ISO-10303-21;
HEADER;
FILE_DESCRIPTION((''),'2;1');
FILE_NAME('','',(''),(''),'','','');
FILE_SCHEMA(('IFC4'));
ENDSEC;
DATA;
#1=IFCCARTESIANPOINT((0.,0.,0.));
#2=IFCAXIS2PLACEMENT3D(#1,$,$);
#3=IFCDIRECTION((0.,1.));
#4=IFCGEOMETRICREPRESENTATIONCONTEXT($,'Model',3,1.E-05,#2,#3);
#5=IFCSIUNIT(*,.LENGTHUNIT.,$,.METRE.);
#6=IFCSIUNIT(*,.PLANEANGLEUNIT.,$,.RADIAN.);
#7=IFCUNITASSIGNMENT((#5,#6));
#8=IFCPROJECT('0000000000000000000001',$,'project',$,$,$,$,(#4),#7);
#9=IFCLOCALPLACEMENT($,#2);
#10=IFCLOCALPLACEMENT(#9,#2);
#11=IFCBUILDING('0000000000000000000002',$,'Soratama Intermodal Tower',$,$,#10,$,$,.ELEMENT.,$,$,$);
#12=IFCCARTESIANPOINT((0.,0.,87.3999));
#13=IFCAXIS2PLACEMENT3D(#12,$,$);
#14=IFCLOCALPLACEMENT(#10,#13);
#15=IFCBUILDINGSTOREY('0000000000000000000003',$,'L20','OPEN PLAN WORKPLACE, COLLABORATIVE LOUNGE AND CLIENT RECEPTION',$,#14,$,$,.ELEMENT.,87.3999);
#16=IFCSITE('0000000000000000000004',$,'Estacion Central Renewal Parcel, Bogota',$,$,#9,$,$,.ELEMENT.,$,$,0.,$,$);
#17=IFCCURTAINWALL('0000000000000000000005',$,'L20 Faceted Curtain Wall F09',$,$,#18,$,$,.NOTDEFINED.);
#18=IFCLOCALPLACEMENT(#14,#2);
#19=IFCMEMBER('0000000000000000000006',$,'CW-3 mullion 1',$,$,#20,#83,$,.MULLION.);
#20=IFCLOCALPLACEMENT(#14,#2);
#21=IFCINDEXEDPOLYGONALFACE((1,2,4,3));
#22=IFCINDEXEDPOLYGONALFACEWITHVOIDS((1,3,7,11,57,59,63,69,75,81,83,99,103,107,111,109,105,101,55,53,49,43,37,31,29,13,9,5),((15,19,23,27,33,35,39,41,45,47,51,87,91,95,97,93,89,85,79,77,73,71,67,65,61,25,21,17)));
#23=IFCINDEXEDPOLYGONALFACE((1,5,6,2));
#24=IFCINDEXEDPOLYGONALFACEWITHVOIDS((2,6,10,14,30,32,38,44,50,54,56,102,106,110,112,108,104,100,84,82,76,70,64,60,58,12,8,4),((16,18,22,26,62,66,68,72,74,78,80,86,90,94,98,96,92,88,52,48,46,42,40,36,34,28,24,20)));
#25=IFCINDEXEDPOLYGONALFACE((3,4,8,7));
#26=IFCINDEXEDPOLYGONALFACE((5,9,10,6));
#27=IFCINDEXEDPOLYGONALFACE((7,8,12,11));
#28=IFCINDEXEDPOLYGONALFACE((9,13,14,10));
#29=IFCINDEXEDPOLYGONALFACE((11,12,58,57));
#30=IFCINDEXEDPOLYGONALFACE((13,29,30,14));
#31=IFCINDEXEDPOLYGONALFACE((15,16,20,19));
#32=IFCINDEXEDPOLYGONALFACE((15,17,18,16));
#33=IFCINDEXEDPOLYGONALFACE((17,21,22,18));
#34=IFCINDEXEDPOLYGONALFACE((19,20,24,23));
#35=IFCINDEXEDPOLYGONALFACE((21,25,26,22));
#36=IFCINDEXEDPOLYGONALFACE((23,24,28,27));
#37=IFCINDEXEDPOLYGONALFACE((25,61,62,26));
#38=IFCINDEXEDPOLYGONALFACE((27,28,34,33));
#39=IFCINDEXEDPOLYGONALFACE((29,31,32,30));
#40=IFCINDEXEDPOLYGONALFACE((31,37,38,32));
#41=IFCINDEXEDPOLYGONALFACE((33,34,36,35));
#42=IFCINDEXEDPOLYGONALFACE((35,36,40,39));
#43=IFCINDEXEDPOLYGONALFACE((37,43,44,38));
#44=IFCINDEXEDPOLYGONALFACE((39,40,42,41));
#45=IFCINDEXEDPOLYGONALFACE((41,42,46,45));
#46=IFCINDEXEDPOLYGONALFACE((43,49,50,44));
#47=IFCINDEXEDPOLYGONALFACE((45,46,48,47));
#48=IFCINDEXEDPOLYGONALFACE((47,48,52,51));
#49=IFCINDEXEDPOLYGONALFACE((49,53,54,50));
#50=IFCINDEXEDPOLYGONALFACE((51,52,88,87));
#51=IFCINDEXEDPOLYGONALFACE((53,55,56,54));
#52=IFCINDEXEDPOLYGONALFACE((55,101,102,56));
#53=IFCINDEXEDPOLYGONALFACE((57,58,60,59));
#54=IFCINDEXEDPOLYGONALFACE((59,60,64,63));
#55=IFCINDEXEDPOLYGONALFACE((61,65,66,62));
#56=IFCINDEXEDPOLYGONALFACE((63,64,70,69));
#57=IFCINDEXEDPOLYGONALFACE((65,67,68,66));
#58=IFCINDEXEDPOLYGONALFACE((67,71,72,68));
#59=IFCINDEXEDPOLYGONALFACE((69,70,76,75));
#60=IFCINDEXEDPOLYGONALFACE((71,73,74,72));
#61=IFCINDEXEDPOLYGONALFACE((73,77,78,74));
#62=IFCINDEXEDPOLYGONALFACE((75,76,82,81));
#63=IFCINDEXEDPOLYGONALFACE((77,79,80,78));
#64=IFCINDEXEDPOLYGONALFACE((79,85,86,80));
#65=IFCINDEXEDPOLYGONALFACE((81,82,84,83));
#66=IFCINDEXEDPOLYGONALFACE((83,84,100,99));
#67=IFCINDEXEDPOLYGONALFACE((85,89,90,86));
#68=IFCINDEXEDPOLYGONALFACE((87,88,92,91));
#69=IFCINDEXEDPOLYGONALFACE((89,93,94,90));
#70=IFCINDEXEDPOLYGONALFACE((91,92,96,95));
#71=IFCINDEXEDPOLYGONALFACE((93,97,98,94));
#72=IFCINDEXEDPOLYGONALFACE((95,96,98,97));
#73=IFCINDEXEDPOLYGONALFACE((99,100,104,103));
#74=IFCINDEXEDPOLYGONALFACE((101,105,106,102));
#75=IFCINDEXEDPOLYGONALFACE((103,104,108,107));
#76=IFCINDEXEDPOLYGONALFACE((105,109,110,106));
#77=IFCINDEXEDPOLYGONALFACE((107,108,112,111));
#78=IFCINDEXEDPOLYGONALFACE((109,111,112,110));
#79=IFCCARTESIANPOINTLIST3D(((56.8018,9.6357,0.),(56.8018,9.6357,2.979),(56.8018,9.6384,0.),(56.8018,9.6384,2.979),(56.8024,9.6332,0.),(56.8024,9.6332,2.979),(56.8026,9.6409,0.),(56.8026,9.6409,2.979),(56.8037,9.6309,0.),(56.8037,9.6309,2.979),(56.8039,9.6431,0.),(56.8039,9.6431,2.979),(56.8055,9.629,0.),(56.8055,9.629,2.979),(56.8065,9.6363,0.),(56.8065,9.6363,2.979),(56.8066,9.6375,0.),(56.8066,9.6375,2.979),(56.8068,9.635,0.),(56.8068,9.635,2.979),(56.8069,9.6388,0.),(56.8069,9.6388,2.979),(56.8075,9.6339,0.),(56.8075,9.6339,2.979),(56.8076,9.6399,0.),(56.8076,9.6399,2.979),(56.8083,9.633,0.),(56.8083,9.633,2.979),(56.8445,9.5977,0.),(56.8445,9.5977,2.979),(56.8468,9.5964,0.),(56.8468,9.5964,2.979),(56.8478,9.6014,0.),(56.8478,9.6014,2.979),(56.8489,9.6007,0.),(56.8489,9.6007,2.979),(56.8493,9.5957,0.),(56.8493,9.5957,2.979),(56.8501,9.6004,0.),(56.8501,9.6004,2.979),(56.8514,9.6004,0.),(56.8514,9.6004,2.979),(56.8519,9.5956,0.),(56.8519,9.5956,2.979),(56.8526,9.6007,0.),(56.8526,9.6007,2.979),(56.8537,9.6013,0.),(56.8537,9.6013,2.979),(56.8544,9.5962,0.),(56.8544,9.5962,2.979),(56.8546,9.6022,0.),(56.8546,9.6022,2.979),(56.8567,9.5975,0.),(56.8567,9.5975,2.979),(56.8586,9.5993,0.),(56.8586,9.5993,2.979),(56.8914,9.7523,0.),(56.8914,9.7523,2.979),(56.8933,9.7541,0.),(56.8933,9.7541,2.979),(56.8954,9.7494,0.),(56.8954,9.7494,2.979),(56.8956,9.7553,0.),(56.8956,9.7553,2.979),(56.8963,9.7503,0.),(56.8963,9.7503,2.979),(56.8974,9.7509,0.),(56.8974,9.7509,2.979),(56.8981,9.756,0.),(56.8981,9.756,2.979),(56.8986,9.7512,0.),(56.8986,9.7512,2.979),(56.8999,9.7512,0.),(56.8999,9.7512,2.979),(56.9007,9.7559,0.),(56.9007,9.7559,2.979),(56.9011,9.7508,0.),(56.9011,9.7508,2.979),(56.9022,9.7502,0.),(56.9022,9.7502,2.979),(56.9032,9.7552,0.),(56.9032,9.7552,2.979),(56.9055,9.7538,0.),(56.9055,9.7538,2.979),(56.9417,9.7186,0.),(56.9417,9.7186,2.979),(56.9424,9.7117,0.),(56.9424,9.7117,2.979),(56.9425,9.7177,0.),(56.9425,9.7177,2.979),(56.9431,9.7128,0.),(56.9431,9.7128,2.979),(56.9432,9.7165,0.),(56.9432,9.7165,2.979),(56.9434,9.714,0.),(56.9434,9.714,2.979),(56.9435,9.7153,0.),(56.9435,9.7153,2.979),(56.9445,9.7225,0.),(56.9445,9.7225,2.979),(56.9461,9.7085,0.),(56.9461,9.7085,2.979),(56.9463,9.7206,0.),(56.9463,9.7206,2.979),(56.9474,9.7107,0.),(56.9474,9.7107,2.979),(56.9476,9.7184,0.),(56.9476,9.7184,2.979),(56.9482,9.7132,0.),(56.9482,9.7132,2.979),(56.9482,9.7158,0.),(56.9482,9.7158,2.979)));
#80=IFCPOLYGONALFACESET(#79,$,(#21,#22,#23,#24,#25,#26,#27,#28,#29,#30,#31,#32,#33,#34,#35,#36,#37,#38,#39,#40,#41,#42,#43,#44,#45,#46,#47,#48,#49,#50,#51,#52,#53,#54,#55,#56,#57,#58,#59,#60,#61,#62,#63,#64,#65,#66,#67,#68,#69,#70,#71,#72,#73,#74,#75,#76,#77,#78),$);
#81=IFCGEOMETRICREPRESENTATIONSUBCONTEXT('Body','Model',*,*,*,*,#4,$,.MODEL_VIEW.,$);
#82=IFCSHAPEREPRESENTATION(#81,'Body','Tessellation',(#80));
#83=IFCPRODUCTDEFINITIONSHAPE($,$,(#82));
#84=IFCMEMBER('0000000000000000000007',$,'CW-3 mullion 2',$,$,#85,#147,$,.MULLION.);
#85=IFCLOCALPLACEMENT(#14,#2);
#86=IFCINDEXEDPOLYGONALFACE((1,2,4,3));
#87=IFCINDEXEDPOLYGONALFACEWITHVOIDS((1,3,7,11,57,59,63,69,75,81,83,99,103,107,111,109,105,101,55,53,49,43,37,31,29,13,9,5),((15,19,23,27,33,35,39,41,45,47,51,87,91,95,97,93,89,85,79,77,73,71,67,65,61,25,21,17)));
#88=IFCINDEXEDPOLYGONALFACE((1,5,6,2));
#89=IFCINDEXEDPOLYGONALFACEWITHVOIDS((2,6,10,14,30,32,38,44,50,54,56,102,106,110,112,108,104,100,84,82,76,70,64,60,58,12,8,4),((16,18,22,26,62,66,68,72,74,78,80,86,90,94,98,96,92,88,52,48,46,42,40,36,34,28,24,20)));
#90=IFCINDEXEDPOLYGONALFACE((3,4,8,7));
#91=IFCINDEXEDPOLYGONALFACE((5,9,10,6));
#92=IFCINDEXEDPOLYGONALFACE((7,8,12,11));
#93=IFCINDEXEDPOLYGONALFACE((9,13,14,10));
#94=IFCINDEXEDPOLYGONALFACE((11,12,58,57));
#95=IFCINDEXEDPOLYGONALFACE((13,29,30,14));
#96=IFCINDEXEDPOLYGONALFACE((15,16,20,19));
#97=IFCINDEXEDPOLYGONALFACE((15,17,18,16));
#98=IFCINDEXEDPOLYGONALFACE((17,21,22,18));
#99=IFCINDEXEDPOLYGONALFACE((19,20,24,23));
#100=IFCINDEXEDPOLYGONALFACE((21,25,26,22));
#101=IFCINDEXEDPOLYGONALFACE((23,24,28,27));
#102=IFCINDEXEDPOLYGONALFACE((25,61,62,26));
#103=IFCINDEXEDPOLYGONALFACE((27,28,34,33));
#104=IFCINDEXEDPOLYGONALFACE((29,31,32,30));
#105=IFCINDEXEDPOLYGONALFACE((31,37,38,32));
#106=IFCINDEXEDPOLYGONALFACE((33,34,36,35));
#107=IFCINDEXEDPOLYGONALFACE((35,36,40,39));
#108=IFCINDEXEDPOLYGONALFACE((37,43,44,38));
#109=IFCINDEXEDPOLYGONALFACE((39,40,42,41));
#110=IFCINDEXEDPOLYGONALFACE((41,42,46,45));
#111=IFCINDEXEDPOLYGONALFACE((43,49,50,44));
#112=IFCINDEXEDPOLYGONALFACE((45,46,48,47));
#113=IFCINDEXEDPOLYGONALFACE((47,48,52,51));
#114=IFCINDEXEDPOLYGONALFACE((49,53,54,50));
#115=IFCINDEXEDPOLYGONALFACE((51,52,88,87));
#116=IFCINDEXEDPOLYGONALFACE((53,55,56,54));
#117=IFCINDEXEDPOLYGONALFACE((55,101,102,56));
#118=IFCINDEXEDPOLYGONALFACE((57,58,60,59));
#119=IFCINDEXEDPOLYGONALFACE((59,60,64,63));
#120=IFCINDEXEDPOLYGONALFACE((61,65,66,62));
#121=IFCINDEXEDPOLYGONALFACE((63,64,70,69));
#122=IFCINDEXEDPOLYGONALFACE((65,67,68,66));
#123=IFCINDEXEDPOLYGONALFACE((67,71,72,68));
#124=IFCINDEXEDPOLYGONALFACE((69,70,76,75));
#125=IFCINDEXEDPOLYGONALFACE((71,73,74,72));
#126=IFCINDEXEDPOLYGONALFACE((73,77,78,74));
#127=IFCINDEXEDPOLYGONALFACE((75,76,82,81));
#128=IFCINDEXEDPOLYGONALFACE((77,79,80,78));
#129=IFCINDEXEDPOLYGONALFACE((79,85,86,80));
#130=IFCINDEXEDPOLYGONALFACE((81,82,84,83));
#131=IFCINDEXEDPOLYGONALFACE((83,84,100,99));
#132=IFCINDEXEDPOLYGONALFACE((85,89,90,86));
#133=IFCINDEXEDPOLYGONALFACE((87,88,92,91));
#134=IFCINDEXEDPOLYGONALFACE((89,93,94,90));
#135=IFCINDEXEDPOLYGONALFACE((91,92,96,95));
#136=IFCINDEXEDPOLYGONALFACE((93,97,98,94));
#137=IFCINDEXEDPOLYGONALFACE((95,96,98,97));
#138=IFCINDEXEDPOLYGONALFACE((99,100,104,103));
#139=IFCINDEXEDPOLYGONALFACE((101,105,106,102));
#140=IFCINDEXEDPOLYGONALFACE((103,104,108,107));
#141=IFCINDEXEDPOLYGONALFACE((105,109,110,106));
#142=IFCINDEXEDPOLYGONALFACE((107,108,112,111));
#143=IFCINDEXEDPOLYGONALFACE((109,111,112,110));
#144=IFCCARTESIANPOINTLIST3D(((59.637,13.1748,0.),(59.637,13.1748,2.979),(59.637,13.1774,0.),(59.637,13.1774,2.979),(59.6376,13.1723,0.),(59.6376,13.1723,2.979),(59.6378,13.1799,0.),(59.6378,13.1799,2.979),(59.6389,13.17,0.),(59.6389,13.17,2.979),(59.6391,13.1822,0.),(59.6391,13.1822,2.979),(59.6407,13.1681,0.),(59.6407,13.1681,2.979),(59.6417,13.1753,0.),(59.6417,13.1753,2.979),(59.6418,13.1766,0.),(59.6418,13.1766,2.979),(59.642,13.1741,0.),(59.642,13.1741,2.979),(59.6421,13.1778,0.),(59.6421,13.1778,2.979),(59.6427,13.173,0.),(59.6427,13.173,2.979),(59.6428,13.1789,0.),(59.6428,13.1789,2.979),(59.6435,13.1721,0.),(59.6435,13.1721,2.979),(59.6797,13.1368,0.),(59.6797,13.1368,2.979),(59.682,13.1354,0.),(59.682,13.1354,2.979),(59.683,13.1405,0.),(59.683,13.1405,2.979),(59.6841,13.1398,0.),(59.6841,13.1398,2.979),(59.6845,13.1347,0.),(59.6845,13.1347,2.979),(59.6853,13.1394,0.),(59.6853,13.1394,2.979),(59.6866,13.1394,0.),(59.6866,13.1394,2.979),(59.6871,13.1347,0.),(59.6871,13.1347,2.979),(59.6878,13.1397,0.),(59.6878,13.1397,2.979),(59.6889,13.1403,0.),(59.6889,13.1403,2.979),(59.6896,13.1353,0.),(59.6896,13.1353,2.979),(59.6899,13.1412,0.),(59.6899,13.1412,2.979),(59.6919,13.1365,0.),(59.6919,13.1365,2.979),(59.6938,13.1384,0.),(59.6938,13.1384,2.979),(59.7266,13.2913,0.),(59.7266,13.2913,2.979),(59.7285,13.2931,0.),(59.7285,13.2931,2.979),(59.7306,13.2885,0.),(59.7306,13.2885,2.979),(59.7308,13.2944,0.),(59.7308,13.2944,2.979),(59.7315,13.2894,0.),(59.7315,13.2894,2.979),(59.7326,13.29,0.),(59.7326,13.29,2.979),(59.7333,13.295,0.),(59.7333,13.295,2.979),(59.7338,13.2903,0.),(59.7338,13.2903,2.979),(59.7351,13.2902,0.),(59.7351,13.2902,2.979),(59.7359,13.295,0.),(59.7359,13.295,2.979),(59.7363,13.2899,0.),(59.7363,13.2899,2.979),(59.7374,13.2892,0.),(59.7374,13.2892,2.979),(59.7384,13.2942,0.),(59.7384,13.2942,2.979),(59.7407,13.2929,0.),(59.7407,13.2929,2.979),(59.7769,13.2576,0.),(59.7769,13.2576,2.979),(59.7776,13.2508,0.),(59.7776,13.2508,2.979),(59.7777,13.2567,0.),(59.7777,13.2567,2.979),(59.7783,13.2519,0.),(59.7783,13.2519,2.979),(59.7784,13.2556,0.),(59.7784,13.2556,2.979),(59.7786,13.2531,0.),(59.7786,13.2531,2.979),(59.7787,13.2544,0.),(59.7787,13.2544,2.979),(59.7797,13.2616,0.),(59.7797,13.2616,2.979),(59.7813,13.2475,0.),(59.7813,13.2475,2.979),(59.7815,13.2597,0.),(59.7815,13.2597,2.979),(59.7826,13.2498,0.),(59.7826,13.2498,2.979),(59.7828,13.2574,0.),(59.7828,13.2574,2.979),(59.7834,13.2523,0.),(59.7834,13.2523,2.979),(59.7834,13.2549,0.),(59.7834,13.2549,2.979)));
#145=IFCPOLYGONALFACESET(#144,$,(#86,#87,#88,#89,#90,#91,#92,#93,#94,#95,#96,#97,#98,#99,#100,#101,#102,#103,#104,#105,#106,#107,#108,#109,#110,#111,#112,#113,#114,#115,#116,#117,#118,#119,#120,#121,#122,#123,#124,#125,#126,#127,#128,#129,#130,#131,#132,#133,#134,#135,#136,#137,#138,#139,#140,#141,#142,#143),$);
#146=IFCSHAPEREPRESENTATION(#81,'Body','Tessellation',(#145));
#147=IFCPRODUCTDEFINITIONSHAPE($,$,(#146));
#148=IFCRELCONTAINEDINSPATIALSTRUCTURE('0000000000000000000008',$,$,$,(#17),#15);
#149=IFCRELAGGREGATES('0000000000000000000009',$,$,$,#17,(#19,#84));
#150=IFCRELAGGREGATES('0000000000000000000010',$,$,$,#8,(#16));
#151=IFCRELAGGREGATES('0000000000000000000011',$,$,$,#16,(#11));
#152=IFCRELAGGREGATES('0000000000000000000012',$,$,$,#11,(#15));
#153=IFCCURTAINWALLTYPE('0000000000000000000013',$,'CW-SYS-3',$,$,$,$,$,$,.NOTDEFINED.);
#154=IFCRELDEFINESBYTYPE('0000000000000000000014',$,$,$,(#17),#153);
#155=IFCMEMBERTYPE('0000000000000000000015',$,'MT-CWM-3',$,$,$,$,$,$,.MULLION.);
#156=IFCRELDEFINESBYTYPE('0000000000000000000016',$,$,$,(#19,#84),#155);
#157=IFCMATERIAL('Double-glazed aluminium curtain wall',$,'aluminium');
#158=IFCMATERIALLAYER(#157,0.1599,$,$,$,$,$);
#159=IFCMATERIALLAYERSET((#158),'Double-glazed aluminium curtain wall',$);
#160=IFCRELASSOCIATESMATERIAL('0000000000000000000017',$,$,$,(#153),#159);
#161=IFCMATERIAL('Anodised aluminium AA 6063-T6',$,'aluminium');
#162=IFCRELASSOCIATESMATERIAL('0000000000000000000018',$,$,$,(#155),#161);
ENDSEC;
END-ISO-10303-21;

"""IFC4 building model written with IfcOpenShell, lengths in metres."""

from ifc_helpers import new_model, si_unit, direction, frame, origin, origin_2d, place, context, subcontext, project, spatial, hollow_rectangle, extrude, material, layer, layer_set, material_profile, profile_set, type_object, element, aggregate, save


model = new_model("IFC4")

# Units and contexts
model_context = context("Model", 3, precision=1e-05, world=origin(), true_north=direction((0.0, 1.0)))
body_context = subcontext(model_context, "Body", "Model", "MODEL_VIEW")
ifc_project = project(units=[si_unit("LENGTHUNIT", "METRE"), si_unit("PLANEANGLEUNIT", "RADIAN")], contexts=[model_context])

# Site, building, storey
site_placement = place(None, origin())
site = spatial("IfcSite", under=ifc_project, at=site_placement, Name="Estacion Central Renewal Parcel, Bogota", CompositionType="ELEMENT", RefElevation=0.0)
building_placement = place(site_placement, origin())
building = spatial("IfcBuilding", under=site, at=building_placement, Name="Soratama Intermodal Tower", CompositionType="ELEMENT")
storey_placement = place(building_placement, frame((0.0, 0.0, 87.3999)))
storey = spatial("IfcBuildingStorey", under=building, at=storey_placement, Name="L20", Description="OPEN PLAN WORKPLACE, COLLABORATIVE LOUNGE AND CLIENT RECEPTION", CompositionType="ELEMENT", Elevation=87.3999)

# Curtain wall, members
ifc_material_1 = material(Name="Double-glazed aluminium curtain wall", Category="aluminium")
ifc_layer_1 = layer(ifc_material_1, 0.1599)
ifc_layer_set_1 = layer_set([ifc_layer_1], Name="Double-glazed aluminium curtain wall")
curtain_wall_type = type_object("IfcCurtainWallType", Name="CW-SYS-3", PredefinedType="NOTDEFINED", material=ifc_layer_set_1)
curtain_wall_placement = place(storey_placement, origin())
curtain_wall = element("IfcCurtainWall", 1, at=curtain_wall_placement, inside=storey, type_object=curtain_wall_type, Name="L20 Faceted Curtain Wall F09", PredefinedType="NOTDEFINED")
ifc_material_2 = material(Name="Anodised aluminium AA 6063-T6", Category="aluminium")
ifc_material_profile_1 = material_profile(ifc_material_2, hollow_rectangle(XDim=0.0701, YDim=0.1599, WallThickness=0.0049, InnerFilletRadius=0.0049, OuterFilletRadius=0.01, at=origin_2d()), Name="CWM160X70X5")
ifc_profile_set_1 = profile_set([ifc_material_profile_1], Name="Anodised aluminium AA 6063-T6")
member_type_1 = type_object("IfcMemberType", Name="MT-CWM-3", PredefinedType="MULLION", material=ifc_profile_set_1)
member_1_placement = place(storey_placement, frame((56.875, 9.6758, 0.0), z_axis=(0.0, 0.0, 1.0), x_axis=(-0.780432, 0.625241, 0.0)))
member_1 = element("IfcMember", 2, at=member_1_placement, type_object=member_type_1, Name="CW-3 mullion 1", PredefinedType="MULLION", context=body_context, shape_type="SweptSolid", body=[
    extrude(hollow_rectangle(XDim=0.0701, YDim=0.1599, WallThickness=0.0049, InnerFilletRadius=0.0049, OuterFilletRadius=0.01, at=origin_2d()), origin(), (0.0, 0.0, 1.0), 2.979),
])
member_2_placement = place(storey_placement, frame((59.7102, 13.2148, 0.0), z_axis=(0.0, 0.0, 1.0), x_axis=(-0.780432, 0.625241, 0.0)))
member_2 = element("IfcMember", 3, at=member_2_placement, type_object=member_type_1, Name="CW-3 mullion 2", PredefinedType="MULLION", context=body_context, shape_type="SweptSolid", body=[
    extrude(hollow_rectangle(XDim=0.0701, YDim=0.1599, WallThickness=0.0049, InnerFilletRadius=0.0049, OuterFilletRadius=0.01, at=origin_2d()), origin(), (0.0, 0.0, 1.0), 2.979),
])
aggregate(curtain_wall, [member_1, member_2])

save(model, "model.ifc")
